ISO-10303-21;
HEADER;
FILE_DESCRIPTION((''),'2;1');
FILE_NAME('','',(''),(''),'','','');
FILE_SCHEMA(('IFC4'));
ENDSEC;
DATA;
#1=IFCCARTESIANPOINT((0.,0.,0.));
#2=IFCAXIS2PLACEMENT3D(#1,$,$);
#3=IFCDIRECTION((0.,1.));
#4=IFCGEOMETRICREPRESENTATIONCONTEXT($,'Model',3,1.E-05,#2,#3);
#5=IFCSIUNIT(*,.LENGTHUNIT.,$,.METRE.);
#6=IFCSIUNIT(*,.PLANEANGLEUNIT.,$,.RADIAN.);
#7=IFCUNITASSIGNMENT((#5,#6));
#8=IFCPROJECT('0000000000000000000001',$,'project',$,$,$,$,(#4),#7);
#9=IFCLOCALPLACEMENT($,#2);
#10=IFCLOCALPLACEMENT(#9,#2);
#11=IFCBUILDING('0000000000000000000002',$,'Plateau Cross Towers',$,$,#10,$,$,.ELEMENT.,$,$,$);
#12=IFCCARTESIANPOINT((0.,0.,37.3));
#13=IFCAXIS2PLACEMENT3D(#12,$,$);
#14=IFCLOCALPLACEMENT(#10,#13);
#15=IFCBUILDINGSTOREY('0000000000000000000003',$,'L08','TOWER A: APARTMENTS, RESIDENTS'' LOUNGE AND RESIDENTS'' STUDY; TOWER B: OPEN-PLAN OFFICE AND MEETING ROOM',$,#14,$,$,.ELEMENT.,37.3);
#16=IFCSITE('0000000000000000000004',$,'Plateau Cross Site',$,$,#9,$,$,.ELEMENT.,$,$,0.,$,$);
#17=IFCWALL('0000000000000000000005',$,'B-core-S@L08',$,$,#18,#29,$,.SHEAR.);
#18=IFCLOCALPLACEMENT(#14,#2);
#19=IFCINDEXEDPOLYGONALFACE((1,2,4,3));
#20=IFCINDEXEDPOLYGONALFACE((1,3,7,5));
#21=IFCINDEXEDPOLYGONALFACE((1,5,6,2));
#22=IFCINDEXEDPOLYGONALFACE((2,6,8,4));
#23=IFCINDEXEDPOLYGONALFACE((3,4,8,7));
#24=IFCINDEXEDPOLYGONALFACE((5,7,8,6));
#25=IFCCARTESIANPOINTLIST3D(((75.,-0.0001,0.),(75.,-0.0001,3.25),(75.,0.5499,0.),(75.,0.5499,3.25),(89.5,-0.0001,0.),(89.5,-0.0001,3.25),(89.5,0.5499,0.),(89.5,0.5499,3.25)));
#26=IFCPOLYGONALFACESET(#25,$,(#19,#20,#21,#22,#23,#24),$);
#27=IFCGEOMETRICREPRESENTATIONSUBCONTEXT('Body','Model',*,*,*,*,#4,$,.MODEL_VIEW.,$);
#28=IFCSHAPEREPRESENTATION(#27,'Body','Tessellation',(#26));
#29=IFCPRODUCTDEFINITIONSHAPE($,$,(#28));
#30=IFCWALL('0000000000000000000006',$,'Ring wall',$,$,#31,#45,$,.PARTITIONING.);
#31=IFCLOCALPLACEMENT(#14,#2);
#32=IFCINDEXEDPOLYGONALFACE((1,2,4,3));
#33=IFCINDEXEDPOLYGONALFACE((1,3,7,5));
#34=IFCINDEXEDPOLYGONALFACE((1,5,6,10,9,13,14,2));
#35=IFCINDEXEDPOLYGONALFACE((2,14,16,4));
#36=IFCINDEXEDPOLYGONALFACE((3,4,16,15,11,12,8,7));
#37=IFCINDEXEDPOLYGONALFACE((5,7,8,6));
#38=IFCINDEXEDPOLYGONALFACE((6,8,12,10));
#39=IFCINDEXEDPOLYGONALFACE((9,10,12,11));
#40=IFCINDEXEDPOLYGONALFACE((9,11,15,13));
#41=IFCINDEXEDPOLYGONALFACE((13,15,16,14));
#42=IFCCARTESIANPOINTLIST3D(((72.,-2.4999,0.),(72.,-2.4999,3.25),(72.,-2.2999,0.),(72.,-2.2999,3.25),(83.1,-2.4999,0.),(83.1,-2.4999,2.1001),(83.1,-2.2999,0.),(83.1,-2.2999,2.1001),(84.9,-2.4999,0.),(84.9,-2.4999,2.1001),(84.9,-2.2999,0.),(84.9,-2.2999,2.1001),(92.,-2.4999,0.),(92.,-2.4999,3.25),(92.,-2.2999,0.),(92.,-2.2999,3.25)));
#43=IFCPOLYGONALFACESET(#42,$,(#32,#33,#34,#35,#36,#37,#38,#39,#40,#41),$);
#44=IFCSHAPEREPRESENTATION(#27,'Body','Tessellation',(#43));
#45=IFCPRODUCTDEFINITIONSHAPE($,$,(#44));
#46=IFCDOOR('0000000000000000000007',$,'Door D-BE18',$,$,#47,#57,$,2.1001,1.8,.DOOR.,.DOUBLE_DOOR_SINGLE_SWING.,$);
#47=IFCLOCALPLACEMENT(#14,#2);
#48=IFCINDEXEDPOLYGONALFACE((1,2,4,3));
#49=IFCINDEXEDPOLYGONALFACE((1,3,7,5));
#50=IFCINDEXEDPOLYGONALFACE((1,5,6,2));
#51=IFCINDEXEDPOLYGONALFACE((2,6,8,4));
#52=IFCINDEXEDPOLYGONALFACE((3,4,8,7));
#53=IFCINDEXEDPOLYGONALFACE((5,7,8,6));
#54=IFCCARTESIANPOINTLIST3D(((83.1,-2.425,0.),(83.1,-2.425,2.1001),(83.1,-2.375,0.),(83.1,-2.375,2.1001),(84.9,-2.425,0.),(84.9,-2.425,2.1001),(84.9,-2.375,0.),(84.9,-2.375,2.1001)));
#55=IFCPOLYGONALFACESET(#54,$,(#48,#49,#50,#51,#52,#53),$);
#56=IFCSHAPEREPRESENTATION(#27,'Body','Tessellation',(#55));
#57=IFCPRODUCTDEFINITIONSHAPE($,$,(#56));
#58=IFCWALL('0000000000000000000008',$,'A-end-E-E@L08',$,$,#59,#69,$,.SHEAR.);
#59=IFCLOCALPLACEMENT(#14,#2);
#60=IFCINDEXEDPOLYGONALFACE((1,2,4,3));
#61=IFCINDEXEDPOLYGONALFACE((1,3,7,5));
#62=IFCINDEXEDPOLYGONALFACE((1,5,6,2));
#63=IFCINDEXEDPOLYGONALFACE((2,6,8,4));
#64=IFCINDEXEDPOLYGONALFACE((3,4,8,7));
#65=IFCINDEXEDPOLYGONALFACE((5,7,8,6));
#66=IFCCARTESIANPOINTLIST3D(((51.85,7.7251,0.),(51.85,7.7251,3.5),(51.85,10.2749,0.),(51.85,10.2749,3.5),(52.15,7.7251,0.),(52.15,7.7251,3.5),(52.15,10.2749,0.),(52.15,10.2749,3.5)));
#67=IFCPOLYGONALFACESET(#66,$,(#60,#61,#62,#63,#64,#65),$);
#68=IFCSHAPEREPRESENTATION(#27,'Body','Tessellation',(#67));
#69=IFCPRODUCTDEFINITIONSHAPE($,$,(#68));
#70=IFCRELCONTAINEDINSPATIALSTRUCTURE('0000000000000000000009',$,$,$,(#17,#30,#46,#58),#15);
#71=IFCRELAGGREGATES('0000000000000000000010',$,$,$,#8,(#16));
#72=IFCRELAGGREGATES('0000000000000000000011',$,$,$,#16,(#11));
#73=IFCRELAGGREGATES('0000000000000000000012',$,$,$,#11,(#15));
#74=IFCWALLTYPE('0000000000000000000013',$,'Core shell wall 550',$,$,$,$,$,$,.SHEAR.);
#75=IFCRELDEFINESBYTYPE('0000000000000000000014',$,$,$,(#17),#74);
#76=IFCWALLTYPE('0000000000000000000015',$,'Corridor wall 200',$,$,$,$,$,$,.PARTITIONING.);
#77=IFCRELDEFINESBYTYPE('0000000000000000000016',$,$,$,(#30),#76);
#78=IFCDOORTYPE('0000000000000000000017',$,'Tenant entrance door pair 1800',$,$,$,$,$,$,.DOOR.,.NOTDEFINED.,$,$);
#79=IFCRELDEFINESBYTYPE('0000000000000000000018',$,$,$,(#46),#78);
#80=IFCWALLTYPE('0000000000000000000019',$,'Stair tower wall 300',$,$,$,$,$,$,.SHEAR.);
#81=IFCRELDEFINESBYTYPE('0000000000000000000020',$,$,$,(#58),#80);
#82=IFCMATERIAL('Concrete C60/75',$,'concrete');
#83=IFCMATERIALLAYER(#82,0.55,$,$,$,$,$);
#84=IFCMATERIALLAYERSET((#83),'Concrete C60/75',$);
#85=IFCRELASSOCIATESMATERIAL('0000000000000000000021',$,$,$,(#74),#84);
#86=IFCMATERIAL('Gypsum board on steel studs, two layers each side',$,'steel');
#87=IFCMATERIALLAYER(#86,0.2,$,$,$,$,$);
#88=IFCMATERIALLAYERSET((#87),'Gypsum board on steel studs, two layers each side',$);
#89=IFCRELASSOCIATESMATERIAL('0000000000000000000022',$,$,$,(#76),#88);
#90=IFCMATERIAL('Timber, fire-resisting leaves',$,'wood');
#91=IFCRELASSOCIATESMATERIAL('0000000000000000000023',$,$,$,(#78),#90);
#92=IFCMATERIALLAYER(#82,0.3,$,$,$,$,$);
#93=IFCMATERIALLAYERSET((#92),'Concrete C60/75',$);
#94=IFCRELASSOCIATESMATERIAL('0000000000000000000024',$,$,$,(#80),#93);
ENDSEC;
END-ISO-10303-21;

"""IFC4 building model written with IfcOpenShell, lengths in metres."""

from ifc_helpers import new_model, si_unit, direction, frame, frame_2d, origin, place, context, subcontext, project, spatial, rectangle, extrude, material, layer, layer_set, type_object, element, fill, save


model = new_model("IFC4")

# Units and contexts
model_context = context("Model", 3, precision=1e-05, world=origin(), true_north=direction((0.0, 1.0)))
body_context = subcontext(model_context, "Body", "Model", "MODEL_VIEW")
ifc_project = project(units=[si_unit("LENGTHUNIT", "METRE"), si_unit("PLANEANGLEUNIT", "RADIAN")], contexts=[model_context])

# Site, building, storey
site_placement = place(None, origin())
site = spatial("IfcSite", under=ifc_project, at=site_placement, Name="Plateau Cross Site", CompositionType="ELEMENT", RefElevation=0.0)
building_placement = place(site_placement, origin())
building = spatial("IfcBuilding", under=site, at=building_placement, Name="Plateau Cross Towers", CompositionType="ELEMENT")
storey_placement = place(building_placement, frame((0.0, 0.0, 37.3)))
storey = spatial("IfcBuildingStorey", under=building, at=storey_placement, Name="L08", Description="TOWER A: APARTMENTS, RESIDENTS' LOUNGE AND RESIDENTS' STUDY; TOWER B: OPEN-PLAN OFFICE AND MEETING ROOM", CompositionType="ELEMENT", Elevation=37.3)

# Shared definitions
ifc_material_1 = material(Name="Concrete C60/75", Category="concrete")

# Wall
ifc_layer_1 = layer(ifc_material_1, 0.55)
ifc_layer_set_1 = layer_set([ifc_layer_1], Name="Concrete C60/75")
wall_type_1 = type_object("IfcWallType", Name="Core shell wall 550", PredefinedType="SHEAR", material=ifc_layer_set_1)
wall_1_placement = place(storey_placement, frame((75.0, 0.2749, 0.0), z_axis=(0.0, 0.0, 1.0), x_axis=(1.0, 0.0, 0.0)))
element("IfcWall", 1, at=wall_1_placement, inside=storey, type_object=wall_type_1, Name="B-core-S@L08", PredefinedType="SHEAR", context=body_context, shape_type="SweptSolid", body=[
    extrude(rectangle(XDim=14.5, YDim=0.55, at=frame_2d((7.25, 0.0))), origin(), (0.0, 0.0, 1.0), 3.25),
])

# Wall, opening, door
ifc_material_2 = material(Name="Gypsum board on steel studs, two layers each side", Category="steel")
ifc_layer_2 = layer(ifc_material_2, 0.2)
ifc_layer_set_2 = layer_set([ifc_layer_2], Name="Gypsum board on steel studs, two layers each side")
wall_type_2 = type_object("IfcWallType", Name="Corridor wall 200", PredefinedType="PARTITIONING", material=ifc_layer_set_2)
wall_2_placement = place(storey_placement, frame((72.0, -2.3999, 0.0), z_axis=(0.0, 0.0, 1.0), x_axis=(1.0, 0.0, 0.0)))
wall_2 = element("IfcWall", 2, at=wall_2_placement, inside=storey, type_object=wall_type_2, Name="Ring wall", PredefinedType="PARTITIONING", context=body_context, shape_type="SweptSolid", body=[
    extrude(rectangle(XDim=20.0, YDim=0.2, at=frame_2d((10.0, 0.0))), origin(), (0.0, 0.0, 1.0), 3.25),
])
opening_placement = place(wall_2_placement, frame((11.1001, 0.0, 0.0)))
opening = element("IfcOpeningElement", 3, at=opening_placement, cuts=wall_2, PredefinedType="OPENING", context=body_context, shape_type="SweptSolid", body=[
    extrude(rectangle(XDim=1.8, YDim=2.1001, at=frame_2d((0.8999, 1.05))), frame((0.0, 0.1099, 0.0), z_axis=(0.0, -1.0, 0.0), x_axis=(1.0, 0.0, 0.0)), (0.0, 0.0, 1.0), 0.22),
])
ifc_material_3 = material(Name="Timber, fire-resisting leaves", Category="wood")
door_type = type_object("IfcDoorType", Name="Tenant entrance door pair 1800", OperationType="NOTDEFINED", PredefinedType="DOOR", material=ifc_material_3)
door_placement = place(opening_placement, origin())
door = element("IfcDoor", 4, at=door_placement, inside=storey, type_object=door_type, Name="Door D-BE18", OperationType="DOUBLE_DOOR_SINGLE_SWING", OverallHeight=2.1001, OverallWidth=1.8, PredefinedType="DOOR", context=body_context, shape_type="SweptSolid", body=[
    extrude(rectangle(XDim=1.8, YDim=2.1001, at=frame_2d((0.8999, 1.05))), frame((0.0, 0.0249, 0.0), z_axis=(0.0, -1.0, 0.0), x_axis=(1.0, 0.0, 0.0)), (0.0, 0.0, 1.0), 0.05),
])
fill(opening, door)

# Wall
ifc_layer_3 = layer(ifc_material_1, 0.3)
ifc_layer_set_3 = layer_set([ifc_layer_3], Name="Concrete C60/75")
wall_type_3 = type_object("IfcWallType", Name="Stair tower wall 300", PredefinedType="SHEAR", material=ifc_layer_set_3)
wall_3_placement = place(storey_placement, frame((52.0, 7.7251, 0.0), z_axis=(0.0, 0.0, 1.0), x_axis=(0.0, 1.0, 0.0)))
element("IfcWall", 5, at=wall_3_placement, inside=storey, type_object=wall_type_3, Name="A-end-E-E@L08", PredefinedType="SHEAR", context=body_context, shape_type="SweptSolid", body=[
    extrude(rectangle(XDim=2.5498, YDim=0.3, at=frame_2d((1.2749, 0.0))), origin(), (0.0, 0.0, 1.0), 3.5),
])

save(model, "model.ifc")
